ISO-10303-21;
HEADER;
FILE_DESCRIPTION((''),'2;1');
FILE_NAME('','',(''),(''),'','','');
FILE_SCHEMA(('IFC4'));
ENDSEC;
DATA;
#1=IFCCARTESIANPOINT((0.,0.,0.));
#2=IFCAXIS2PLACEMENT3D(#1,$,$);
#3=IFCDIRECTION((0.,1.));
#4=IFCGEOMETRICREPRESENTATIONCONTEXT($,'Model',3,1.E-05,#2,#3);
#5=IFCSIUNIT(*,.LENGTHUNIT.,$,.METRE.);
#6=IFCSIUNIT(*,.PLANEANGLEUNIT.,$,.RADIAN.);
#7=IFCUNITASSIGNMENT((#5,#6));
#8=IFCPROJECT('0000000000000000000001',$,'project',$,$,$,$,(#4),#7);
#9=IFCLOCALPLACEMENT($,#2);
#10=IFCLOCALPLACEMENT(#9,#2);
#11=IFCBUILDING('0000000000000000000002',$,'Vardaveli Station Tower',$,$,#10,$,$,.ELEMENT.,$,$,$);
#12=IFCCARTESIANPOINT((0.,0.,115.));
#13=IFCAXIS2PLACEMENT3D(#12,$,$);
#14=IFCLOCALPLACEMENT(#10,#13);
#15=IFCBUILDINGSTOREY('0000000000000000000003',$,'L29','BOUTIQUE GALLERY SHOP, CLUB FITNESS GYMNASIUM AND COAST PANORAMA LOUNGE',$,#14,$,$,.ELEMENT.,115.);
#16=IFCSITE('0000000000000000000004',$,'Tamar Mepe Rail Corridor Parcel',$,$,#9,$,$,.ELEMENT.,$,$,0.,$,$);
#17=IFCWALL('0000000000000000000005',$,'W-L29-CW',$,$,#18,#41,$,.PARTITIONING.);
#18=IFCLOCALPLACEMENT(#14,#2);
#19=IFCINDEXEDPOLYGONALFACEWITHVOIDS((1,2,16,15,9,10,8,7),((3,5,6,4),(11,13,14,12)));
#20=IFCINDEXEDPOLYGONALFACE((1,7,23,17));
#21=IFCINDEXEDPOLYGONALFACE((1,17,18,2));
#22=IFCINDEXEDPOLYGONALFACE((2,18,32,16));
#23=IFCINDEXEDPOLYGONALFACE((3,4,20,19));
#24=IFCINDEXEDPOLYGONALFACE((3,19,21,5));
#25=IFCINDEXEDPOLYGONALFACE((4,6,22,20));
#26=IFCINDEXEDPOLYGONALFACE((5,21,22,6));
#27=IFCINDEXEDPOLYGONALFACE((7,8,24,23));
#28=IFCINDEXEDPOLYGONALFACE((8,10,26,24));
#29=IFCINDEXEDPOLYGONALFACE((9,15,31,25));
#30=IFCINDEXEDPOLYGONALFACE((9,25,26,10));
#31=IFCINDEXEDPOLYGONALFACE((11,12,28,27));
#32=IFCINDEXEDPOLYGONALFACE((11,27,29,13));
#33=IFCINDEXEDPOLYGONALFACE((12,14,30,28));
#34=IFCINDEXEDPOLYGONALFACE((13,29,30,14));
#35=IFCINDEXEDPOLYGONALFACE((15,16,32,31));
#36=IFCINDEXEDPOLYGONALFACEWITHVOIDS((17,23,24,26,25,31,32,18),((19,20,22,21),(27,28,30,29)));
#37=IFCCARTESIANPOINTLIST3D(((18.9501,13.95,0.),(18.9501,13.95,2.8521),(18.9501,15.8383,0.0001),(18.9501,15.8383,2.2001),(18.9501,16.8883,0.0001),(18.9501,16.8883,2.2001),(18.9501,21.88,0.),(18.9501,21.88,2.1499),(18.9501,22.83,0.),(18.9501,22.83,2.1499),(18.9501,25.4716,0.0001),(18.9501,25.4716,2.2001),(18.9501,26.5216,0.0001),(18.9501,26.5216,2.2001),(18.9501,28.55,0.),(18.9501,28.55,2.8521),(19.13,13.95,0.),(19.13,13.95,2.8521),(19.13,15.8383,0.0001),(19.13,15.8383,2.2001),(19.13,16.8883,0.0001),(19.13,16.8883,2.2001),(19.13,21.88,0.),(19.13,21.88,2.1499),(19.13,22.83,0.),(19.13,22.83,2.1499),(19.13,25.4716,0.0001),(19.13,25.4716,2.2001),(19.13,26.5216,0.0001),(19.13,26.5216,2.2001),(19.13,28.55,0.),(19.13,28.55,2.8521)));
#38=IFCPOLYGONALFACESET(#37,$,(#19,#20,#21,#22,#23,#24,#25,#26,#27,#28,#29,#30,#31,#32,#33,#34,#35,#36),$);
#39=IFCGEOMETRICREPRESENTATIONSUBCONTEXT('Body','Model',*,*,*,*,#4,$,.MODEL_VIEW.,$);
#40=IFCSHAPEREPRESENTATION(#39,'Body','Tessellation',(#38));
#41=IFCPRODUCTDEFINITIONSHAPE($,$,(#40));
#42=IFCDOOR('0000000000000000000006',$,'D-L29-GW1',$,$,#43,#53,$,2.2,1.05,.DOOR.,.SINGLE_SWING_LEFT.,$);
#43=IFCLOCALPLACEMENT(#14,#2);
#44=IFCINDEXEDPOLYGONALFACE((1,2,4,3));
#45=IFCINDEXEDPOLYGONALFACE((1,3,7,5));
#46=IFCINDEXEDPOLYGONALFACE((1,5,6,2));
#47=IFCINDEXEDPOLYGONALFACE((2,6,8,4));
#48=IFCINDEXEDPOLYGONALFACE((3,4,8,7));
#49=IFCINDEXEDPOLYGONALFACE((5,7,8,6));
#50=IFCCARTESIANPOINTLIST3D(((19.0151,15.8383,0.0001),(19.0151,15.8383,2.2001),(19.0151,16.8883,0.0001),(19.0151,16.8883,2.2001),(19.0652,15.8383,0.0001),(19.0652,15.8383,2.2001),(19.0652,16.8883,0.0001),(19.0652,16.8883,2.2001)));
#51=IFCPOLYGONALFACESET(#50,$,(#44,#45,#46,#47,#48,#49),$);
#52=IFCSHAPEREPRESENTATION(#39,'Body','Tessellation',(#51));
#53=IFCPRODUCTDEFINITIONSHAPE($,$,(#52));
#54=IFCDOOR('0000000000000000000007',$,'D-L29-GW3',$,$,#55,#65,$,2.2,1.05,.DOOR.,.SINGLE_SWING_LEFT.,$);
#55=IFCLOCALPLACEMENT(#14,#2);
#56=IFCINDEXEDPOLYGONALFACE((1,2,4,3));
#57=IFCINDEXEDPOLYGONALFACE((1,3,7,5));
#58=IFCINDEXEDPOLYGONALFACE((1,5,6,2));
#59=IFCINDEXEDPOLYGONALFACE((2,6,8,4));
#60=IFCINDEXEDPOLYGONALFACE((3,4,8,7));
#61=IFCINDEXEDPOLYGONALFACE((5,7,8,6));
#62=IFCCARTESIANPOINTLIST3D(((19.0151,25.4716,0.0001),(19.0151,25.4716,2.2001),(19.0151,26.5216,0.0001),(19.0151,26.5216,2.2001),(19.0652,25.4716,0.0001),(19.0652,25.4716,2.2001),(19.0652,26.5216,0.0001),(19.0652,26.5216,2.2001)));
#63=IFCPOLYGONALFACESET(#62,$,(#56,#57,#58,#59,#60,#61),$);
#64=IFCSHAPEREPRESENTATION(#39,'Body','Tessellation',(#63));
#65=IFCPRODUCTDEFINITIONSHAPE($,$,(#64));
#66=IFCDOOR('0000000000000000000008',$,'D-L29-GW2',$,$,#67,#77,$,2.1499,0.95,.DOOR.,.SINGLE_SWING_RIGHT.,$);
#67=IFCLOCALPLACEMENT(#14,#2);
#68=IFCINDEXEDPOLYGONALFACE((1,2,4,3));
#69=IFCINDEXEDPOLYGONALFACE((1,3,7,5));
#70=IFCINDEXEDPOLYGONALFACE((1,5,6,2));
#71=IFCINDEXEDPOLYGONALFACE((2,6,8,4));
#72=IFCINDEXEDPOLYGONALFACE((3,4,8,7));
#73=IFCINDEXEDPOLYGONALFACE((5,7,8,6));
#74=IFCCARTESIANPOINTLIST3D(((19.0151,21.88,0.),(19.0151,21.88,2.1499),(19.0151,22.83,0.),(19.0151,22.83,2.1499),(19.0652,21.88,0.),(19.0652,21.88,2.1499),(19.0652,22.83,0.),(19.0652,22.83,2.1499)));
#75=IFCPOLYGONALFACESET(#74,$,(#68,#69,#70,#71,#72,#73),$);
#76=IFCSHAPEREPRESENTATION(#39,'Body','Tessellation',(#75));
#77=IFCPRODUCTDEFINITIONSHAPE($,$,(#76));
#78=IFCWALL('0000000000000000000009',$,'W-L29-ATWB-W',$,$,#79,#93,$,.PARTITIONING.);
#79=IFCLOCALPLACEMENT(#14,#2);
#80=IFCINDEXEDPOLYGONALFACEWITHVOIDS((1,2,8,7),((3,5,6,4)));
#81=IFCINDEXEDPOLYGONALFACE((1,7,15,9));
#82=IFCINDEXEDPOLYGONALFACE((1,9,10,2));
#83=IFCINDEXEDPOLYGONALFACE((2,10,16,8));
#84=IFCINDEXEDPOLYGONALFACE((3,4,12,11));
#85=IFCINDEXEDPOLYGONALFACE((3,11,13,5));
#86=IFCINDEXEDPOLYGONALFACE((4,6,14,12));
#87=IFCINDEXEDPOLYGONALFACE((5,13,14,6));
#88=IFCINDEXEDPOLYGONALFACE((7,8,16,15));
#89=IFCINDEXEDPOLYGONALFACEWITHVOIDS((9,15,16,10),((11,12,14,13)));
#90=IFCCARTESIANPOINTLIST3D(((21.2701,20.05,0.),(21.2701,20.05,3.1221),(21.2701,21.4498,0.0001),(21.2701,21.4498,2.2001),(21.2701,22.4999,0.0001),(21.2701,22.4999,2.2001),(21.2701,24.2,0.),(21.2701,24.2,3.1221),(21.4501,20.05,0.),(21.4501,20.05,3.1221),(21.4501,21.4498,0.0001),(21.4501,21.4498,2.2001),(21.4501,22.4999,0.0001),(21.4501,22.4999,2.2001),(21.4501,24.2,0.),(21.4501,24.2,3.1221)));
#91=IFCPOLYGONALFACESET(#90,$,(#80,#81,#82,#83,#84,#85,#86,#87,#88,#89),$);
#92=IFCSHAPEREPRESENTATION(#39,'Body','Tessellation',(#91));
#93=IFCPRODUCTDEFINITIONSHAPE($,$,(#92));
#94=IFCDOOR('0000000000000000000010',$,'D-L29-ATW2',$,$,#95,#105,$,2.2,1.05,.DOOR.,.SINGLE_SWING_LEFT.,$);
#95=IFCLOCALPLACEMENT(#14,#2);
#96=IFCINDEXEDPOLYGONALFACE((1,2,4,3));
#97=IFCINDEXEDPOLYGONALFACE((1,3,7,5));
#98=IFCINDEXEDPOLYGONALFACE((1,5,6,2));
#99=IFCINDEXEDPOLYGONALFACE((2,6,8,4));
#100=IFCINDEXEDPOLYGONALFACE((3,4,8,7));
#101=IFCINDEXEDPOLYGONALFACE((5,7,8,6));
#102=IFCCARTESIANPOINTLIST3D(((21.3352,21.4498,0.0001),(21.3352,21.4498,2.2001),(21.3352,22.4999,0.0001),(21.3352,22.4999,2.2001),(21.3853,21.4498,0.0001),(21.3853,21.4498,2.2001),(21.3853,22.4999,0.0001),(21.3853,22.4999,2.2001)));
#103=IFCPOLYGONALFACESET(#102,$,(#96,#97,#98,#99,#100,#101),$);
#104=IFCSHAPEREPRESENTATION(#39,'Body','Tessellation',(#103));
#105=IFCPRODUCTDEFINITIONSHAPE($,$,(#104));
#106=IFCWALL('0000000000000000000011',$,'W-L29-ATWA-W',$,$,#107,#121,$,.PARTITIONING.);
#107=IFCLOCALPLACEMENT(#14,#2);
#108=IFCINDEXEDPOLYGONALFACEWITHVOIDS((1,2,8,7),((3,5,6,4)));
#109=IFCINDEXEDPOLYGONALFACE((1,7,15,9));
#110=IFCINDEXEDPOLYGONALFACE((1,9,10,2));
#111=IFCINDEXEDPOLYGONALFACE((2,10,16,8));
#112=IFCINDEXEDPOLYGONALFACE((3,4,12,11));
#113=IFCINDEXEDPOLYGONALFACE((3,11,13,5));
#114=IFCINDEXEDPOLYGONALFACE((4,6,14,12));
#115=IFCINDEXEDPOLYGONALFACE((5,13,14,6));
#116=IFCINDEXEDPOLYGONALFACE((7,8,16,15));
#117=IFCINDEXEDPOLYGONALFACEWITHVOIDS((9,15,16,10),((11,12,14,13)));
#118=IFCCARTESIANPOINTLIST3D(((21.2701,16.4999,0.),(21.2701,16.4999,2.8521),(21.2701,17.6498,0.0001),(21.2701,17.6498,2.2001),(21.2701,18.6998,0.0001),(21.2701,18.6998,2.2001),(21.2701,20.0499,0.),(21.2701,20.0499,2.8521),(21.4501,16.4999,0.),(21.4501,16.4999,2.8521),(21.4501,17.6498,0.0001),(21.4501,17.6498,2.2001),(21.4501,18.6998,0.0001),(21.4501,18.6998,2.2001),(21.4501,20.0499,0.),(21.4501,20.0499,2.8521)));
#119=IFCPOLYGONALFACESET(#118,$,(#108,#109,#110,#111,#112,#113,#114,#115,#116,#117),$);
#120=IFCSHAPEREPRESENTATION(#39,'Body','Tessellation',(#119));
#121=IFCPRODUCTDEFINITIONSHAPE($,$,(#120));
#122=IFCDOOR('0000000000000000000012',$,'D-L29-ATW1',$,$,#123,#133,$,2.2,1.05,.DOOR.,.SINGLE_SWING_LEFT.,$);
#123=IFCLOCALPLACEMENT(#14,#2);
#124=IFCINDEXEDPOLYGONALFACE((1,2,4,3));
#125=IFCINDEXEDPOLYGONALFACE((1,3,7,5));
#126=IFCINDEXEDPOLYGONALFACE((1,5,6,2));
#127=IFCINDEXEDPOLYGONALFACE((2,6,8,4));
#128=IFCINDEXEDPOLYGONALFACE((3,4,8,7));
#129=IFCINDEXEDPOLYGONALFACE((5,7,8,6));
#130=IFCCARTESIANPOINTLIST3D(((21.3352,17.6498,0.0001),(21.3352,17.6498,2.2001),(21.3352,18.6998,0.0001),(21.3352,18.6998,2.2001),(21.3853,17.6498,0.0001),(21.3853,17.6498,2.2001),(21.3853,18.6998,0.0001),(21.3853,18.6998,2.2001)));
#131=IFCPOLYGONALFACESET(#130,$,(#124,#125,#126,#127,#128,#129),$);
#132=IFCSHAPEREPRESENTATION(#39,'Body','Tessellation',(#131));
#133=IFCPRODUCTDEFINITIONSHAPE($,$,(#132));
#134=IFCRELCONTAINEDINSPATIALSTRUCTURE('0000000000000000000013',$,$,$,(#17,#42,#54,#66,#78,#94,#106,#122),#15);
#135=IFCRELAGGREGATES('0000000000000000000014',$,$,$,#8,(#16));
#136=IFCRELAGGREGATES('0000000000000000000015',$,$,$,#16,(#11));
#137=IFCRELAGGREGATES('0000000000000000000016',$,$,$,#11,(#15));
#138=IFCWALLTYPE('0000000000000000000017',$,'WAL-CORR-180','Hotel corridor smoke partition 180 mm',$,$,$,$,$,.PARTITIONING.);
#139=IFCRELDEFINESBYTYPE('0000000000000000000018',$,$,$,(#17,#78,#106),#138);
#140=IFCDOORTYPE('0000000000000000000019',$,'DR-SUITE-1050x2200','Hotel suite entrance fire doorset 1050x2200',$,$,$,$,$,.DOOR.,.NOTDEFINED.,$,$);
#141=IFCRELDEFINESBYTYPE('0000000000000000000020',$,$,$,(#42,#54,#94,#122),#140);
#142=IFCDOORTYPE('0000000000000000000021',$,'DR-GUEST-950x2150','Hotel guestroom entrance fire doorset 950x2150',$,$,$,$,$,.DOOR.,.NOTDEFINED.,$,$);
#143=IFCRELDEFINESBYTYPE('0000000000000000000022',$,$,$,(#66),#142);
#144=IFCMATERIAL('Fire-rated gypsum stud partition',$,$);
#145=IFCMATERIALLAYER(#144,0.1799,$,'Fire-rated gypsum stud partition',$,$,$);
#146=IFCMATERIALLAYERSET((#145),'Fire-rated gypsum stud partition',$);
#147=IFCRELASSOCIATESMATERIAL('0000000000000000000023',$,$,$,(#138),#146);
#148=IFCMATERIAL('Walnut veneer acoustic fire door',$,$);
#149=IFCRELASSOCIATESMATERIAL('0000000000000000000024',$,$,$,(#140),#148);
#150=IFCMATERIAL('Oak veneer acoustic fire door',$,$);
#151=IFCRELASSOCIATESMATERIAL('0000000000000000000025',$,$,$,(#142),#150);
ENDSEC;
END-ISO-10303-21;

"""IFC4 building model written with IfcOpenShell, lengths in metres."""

from ifc_helpers import new_model, si_unit, direction, frame, frame_2d, origin, place, context, subcontext, project, spatial, rectangle, extrude, source, transform, mapped, material, layer, layer_set, type_object, element, fill, save


model = new_model("IFC4")

# Units and contexts
model_context = context("Model", 3, precision=1e-05, world=origin(), true_north=direction((0.0, 1.0)))
body_context = subcontext(model_context, "Body", "Model", "MODEL_VIEW")
ifc_project = project(units=[si_unit("LENGTHUNIT", "METRE"), si_unit("PLANEANGLEUNIT", "RADIAN")], contexts=[model_context])

# Site, building, storey
site_placement = place(None, origin())
site = spatial("IfcSite", under=ifc_project, at=site_placement, Name="Tamar Mepe Rail Corridor Parcel", CompositionType="ELEMENT", RefElevation=0.0)
building_placement = place(site_placement, origin())
building = spatial("IfcBuilding", under=site, at=building_placement, Name="Vardaveli Station Tower", CompositionType="ELEMENT")
storey_placement = place(building_placement, frame((0.0, 0.0, 115.0)))
storey = spatial("IfcBuildingStorey", under=building, at=storey_placement, Name="L29", Description="BOUTIQUE GALLERY SHOP, CLUB FITNESS GYMNASIUM AND COAST PANORAMA LOUNGE", CompositionType="ELEMENT", Elevation=115.0)

# Wall, openings, doors
ifc_material_1 = material(Name="Fire-rated gypsum stud partition")
ifc_layer_1 = layer(ifc_material_1, 0.1799, Name="Fire-rated gypsum stud partition")
ifc_layer_set_1 = layer_set([ifc_layer_1], Name="Fire-rated gypsum stud partition")
wall_type_1 = type_object("IfcWallType", Name="WAL-CORR-180", Description="Hotel corridor smoke partition 180 mm", PredefinedType="PARTITIONING", material=ifc_layer_set_1)
shared_shape_1 = source(origin(), body_context, "Body", "SweptSolid", [
    extrude(rectangle(XDim=14.6001, YDim=0.1799, at=frame_2d((7.3, 0.0))), origin(), (0.0, 0.0, 1.0), 2.8521),
])
wall_1_placement = place(storey_placement, frame((19.04, 13.95, 0.0), z_axis=(0.0, 0.0, 1.0), x_axis=(0.0, 1.0, 0.0)))
wall_1 = element("IfcWall", 1, at=wall_1_placement, inside=storey, type_object=wall_type_1, Name="W-L29-CW", PredefinedType="PARTITIONING", context=body_context, shape_type="MappedRepresentation", body=[
    mapped(shared_shape_1, transform((0.0, 0.0, 0.0), scale=1.0)),
])
shared_shape_2 = source(origin(), body_context, "Body", "SweptSolid", [
    extrude(rectangle(XDim=1.05, YDim=2.2, at=frame_2d((0.5249, 1.1001))), frame((0.0, 0.1001, 0.0), z_axis=(0.0, -1.0, 0.0), x_axis=(1.0, 0.0, 0.0)), (0.0, 0.0, 1.0), 0.2),
])
opening_1_placement = place(wall_1_placement, frame((1.8884, 0.0, 0.0)))
opening_1 = element("IfcOpeningElement", 2, at=opening_1_placement, cuts=wall_1, PredefinedType="OPENING", context=body_context, shape_type="MappedRepresentation", body=[
    mapped(shared_shape_2, transform((0.0, 0.0, 0.0), scale=1.0)),
])
shared_shape_3 = source(origin(), body_context, "Body", "SweptSolid", [
    extrude(rectangle(XDim=0.95, YDim=2.1499, at=frame_2d((0.4751, 1.075))), frame((0.0, 0.1001, 0.0), z_axis=(0.0, -1.0, 0.0), x_axis=(1.0, 0.0, 0.0)), (0.0, 0.0, 1.0), 0.2),
])
opening_2_placement = place(wall_1_placement, frame((7.9299, 0.0, 0.0)))
opening_2 = element("IfcOpeningElement", 3, at=opening_2_placement, cuts=wall_1, PredefinedType="OPENING", context=body_context, shape_type="MappedRepresentation", body=[
    mapped(shared_shape_3, transform((0.0, 0.0, 0.0), scale=1.0)),
])
opening_3_placement = place(wall_1_placement, frame((11.5217, 0.0, 0.0)))
opening_3 = element("IfcOpeningElement", 4, at=opening_3_placement, cuts=wall_1, PredefinedType="OPENING", context=body_context, shape_type="MappedRepresentation", body=[
    mapped(shared_shape_2, transform((0.0, 0.0, 0.0), scale=1.0)),
])
ifc_material_2 = material(Name="Walnut veneer acoustic fire door")
door_type_1 = type_object("IfcDoorType", Name="DR-SUITE-1050x2200", Description="Hotel suite entrance fire doorset 1050x2200", OperationType="NOTDEFINED", PredefinedType="DOOR", material=ifc_material_2)
shared_shape_4 = source(origin(), body_context, "Body", "SweptSolid", [
    extrude(rectangle(XDim=1.05, YDim=2.2, at=frame_2d((0.5249, 1.1001))), frame((0.0, 0.0249, 0.0), z_axis=(0.0, -1.0, 0.0), x_axis=(1.0, 0.0, 0.0)), (0.0, 0.0, 1.0), 0.05),
])
door_1_placement = place(opening_1_placement, origin())
door_1 = element("IfcDoor", 5, at=door_1_placement, inside=storey, type_object=door_type_1, Name="D-L29-GW1", OperationType="SINGLE_SWING_LEFT", OverallHeight=2.2, OverallWidth=1.05, PredefinedType="DOOR", context=body_context, shape_type="MappedRepresentation", body=[
    mapped(shared_shape_4, transform((0.0, 0.0, 0.0), scale=1.0)),
])
fill(opening_1, door_1)
door_2_placement = place(opening_3_placement, origin())
door_2 = element("IfcDoor", 6, at=door_2_placement, inside=storey, type_object=door_type_1, Name="D-L29-GW3", OperationType="SINGLE_SWING_LEFT", OverallHeight=2.2, OverallWidth=1.05, PredefinedType="DOOR", context=body_context, shape_type="MappedRepresentation", body=[
    mapped(shared_shape_4, transform((0.0, 0.0, 0.0), scale=1.0)),
])
fill(opening_3, door_2)
ifc_material_3 = material(Name="Oak veneer acoustic fire door")
door_type_2 = type_object("IfcDoorType", Name="DR-GUEST-950x2150", Description="Hotel guestroom entrance fire doorset 950x2150", OperationType="NOTDEFINED", PredefinedType="DOOR", material=ifc_material_3)
shared_shape_5 = source(origin(), body_context, "Body", "SweptSolid", [
    extrude(rectangle(XDim=0.95, YDim=2.1499, at=frame_2d((0.4751, 1.075))), frame((0.0, 0.0249, 0.0), z_axis=(0.0, -1.0, 0.0), x_axis=(1.0, 0.0, 0.0)), (0.0, 0.0, 1.0), 0.05),
])
door_3_placement = place(opening_2_placement, origin())
door_3 = element("IfcDoor", 7, at=door_3_placement, inside=storey, type_object=door_type_2, Name="D-L29-GW2", OperationType="SINGLE_SWING_RIGHT", OverallHeight=2.1499, OverallWidth=0.95, PredefinedType="DOOR", context=body_context, shape_type="MappedRepresentation", body=[
    mapped(shared_shape_5, transform((0.0, 0.0, 0.0), scale=1.0)),
])
fill(opening_2, door_3)

# Walls, openings, doors
shared_shape_6 = source(origin(), body_context, "Body", "SweptSolid", [
    extrude(rectangle(XDim=4.1499, YDim=0.1799, at=frame_2d((2.075, 0.0))), origin(), (0.0, 0.0, 1.0), 3.1221),
])
wall_2_placement = place(storey_placement, frame((21.3601, 20.05, 0.0), z_axis=(0.0, 0.0, 1.0), x_axis=(0.0, 1.0, 0.0)))
wall_2 = element("IfcWall", 8, at=wall_2_placement, inside=storey, type_object=wall_type_1, Name="W-L29-ATWB-W", PredefinedType="PARTITIONING", context=body_context, shape_type="MappedRepresentation", body=[
    mapped(shared_shape_6, transform((0.0, 0.0, 0.0), scale=1.0)),
])
opening_4_placement = place(wall_2_placement, frame((1.3999, 0.0, 0.0)))
opening_4 = element("IfcOpeningElement", 9, at=opening_4_placement, cuts=wall_2, PredefinedType="OPENING", context=body_context, shape_type="MappedRepresentation", body=[
    mapped(shared_shape_2, transform((0.0, 0.0, 0.0), scale=1.0)),
])
door_4_placement = place(opening_4_placement, origin())
door_4 = element("IfcDoor", 10, at=door_4_placement, inside=storey, type_object=door_type_1, Name="D-L29-ATW2", OperationType="SINGLE_SWING_LEFT", OverallHeight=2.2, OverallWidth=1.05, PredefinedType="DOOR", context=body_context, shape_type="MappedRepresentation", body=[
    mapped(shared_shape_4, transform((0.0, 0.0, 0.0), scale=1.0)),
])
fill(opening_4, door_4)
shared_shape_7 = source(origin(), body_context, "Body", "SweptSolid", [
    extrude(rectangle(XDim=3.55, YDim=0.1799, at=frame_2d((1.7749, 0.0))), origin(), (0.0, 0.0, 1.0), 2.8521),
])
wall_3_placement = place(storey_placement, frame((21.3601, 16.5, 0.0), z_axis=(0.0, 0.0, 1.0), x_axis=(0.0, 1.0, 0.0)))
wall_3 = element("IfcWall", 11, at=wall_3_placement, inside=storey, type_object=wall_type_1, Name="W-L29-ATWA-W", PredefinedType="PARTITIONING", context=body_context, shape_type="MappedRepresentation", body=[
    mapped(shared_shape_7, transform((0.0, 0.0, 0.0), scale=1.0)),
])
opening_5_placement = place(wall_3_placement, frame((1.1499, 0.0, 0.0)))
opening_5 = element("IfcOpeningElement", 12, at=opening_5_placement, cuts=wall_3, PredefinedType="OPENING", context=body_context, shape_type="MappedRepresentation", body=[
    mapped(shared_shape_2, transform((0.0, 0.0, 0.0), scale=1.0)),
])
door_5_placement = place(opening_5_placement, origin())
door_5 = element("IfcDoor", 13, at=door_5_placement, inside=storey, type_object=door_type_1, Name="D-L29-ATW1", OperationType="SINGLE_SWING_LEFT", OverallHeight=2.2, OverallWidth=1.05, PredefinedType="DOOR", context=body_context, shape_type="MappedRepresentation", body=[
    mapped(shared_shape_4, transform((0.0, 0.0, 0.0), scale=1.0)),
])
fill(opening_5, door_5)

save(model, "model.ifc")
